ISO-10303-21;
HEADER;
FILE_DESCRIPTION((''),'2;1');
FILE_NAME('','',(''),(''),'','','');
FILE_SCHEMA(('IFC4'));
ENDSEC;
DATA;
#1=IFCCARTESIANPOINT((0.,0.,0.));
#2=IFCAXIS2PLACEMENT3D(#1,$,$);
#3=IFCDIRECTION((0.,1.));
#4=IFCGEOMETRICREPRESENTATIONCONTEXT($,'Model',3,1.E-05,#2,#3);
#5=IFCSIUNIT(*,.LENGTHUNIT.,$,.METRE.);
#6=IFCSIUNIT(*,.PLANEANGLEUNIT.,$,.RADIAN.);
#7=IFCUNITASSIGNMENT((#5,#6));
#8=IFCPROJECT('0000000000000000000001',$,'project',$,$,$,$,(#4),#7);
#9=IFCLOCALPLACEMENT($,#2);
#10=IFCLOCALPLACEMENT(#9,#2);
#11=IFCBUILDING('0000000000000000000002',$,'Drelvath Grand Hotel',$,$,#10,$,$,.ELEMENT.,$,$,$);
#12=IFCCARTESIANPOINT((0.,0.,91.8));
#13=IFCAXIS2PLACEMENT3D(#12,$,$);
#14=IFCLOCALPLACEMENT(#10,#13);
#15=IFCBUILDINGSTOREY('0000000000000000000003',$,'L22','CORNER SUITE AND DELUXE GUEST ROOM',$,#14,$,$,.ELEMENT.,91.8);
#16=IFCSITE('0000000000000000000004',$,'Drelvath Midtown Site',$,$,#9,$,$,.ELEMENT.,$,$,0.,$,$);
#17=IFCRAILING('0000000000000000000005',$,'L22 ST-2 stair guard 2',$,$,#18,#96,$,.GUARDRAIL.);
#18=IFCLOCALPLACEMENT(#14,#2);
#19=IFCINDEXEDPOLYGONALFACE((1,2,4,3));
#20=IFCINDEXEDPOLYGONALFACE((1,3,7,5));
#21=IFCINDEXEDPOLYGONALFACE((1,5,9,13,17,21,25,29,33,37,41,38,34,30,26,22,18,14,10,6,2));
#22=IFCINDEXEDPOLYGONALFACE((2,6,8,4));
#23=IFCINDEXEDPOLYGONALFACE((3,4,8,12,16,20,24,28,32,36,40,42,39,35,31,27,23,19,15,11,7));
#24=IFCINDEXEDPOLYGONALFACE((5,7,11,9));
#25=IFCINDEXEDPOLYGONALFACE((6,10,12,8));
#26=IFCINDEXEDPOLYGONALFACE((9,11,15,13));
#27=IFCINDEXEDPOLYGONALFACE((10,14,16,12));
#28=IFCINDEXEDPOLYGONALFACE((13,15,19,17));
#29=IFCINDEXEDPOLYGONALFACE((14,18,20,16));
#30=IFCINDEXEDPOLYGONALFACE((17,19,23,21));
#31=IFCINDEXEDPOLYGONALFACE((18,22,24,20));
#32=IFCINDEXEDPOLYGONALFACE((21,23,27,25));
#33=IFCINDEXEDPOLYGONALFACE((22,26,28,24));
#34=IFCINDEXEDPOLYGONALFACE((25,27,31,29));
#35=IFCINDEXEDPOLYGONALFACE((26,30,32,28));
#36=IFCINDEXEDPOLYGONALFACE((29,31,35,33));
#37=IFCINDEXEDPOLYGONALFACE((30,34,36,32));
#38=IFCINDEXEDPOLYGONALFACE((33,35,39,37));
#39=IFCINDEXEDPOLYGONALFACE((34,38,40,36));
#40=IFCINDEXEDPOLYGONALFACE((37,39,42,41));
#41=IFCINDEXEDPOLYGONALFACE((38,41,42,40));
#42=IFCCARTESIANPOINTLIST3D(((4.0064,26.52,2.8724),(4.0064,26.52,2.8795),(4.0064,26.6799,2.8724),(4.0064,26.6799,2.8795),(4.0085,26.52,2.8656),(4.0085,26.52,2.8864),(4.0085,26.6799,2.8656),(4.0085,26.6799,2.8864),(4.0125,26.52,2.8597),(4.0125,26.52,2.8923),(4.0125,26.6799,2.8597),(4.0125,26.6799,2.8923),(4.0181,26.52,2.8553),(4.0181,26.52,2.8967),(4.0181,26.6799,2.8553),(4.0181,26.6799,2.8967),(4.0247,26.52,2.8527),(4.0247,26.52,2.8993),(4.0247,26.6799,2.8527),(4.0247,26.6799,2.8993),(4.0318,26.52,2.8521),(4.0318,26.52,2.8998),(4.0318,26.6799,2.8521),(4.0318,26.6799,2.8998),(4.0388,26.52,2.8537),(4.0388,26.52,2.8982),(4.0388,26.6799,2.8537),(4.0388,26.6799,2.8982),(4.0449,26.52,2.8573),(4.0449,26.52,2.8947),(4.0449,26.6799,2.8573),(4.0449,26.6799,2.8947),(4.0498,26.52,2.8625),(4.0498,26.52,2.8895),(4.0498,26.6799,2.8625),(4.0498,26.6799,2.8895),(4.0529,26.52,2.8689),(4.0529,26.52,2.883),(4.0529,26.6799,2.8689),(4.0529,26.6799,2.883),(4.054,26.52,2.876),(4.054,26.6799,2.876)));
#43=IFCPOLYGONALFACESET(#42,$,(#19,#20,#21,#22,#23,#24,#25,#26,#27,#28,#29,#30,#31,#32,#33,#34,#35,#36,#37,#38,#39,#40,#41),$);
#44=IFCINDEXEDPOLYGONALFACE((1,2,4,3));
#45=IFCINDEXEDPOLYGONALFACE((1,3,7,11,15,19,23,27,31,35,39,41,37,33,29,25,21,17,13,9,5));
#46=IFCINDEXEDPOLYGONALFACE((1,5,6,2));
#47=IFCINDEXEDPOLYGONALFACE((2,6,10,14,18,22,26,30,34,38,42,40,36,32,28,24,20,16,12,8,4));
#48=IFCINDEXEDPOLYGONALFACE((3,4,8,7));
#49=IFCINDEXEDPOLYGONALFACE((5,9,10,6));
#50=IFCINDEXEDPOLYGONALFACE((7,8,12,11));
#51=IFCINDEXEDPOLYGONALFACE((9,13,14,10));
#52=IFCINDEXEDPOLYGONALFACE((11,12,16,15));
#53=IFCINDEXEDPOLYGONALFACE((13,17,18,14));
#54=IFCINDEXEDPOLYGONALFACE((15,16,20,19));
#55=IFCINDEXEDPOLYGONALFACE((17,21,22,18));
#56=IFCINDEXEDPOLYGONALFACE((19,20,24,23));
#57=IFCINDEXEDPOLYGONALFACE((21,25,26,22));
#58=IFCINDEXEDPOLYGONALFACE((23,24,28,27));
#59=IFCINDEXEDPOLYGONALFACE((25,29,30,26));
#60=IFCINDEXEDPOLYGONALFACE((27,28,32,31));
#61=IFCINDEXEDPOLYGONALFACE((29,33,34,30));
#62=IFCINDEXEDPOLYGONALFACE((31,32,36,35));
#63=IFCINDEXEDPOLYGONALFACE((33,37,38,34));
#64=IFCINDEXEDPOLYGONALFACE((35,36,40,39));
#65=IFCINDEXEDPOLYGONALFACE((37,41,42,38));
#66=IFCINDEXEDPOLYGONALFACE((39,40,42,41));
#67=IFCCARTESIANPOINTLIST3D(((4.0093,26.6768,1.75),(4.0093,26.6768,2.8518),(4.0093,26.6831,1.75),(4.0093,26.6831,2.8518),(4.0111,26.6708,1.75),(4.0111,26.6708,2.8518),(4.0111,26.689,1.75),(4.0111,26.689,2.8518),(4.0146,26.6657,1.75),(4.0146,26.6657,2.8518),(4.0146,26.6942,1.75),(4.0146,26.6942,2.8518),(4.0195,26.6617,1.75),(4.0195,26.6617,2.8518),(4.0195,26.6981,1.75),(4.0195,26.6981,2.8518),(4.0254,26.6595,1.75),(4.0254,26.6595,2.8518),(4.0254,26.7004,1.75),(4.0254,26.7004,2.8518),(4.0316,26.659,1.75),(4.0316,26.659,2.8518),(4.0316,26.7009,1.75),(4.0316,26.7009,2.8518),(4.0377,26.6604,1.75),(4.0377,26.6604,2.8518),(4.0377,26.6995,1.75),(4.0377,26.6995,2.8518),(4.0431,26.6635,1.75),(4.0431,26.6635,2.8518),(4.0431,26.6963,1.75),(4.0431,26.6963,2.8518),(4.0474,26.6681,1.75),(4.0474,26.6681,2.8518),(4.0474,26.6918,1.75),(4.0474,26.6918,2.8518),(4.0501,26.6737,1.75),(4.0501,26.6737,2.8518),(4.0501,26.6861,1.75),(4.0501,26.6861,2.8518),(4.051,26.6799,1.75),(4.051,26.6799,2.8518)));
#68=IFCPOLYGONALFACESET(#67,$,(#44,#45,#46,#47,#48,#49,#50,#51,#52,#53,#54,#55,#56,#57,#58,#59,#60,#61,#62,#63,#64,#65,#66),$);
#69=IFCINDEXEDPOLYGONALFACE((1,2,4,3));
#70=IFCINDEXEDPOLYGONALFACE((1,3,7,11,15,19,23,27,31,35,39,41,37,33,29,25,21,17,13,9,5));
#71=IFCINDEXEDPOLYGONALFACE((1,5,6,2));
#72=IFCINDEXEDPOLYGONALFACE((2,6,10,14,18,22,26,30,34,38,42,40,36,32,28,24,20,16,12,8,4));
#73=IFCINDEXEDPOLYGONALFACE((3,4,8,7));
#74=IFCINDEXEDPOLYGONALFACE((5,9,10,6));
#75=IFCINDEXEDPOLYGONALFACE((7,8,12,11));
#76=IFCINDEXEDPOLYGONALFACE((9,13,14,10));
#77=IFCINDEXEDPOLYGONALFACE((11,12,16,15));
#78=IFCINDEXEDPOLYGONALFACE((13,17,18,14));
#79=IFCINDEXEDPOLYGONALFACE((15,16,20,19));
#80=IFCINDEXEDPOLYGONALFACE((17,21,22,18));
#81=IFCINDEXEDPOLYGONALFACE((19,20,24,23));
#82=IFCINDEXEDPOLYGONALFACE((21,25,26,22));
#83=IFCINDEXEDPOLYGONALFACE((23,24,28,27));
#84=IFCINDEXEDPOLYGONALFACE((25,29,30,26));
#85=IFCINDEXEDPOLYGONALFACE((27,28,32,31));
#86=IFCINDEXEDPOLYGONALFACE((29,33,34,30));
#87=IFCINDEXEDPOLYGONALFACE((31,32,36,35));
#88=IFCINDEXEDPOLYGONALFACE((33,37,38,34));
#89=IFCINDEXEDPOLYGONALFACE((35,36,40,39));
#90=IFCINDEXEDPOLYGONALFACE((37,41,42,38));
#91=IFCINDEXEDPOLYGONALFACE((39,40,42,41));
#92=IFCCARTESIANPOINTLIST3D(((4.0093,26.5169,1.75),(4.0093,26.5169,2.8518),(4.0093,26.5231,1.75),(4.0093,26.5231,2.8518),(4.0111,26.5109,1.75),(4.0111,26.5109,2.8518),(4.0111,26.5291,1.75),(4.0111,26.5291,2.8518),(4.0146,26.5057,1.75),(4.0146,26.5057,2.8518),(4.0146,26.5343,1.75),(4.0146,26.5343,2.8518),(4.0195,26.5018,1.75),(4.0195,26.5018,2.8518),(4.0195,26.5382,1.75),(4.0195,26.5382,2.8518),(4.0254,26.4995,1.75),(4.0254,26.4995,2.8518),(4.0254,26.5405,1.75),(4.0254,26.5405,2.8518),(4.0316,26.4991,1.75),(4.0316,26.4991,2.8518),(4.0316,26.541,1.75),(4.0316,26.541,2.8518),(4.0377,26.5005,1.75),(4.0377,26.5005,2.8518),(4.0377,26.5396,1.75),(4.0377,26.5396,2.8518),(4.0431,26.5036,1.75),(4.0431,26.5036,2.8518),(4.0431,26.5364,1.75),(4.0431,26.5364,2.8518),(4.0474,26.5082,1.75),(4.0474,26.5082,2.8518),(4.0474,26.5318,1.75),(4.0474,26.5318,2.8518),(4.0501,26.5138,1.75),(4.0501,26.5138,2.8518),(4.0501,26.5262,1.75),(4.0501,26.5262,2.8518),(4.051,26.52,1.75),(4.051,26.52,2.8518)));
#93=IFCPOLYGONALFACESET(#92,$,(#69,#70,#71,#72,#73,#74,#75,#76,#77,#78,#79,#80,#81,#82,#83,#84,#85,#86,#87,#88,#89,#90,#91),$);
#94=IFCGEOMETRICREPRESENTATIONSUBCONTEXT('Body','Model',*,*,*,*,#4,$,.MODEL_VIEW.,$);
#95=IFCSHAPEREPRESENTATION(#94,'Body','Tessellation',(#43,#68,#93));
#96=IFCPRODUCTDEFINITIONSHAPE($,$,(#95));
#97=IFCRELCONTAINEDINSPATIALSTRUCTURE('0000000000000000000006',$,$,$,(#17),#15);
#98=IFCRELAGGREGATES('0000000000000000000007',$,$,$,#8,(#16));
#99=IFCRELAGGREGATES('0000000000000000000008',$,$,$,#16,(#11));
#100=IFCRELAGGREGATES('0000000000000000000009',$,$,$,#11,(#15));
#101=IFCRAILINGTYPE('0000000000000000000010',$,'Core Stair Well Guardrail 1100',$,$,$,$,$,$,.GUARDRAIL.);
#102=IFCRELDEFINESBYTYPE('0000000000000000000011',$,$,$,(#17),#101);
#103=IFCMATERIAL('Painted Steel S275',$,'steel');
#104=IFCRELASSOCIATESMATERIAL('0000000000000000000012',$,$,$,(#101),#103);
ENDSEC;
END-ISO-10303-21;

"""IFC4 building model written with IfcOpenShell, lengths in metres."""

from ifc_helpers import new_model, si_unit, direction, frame, origin, origin_2d, place, context, subcontext, project, spatial, circle, extrude, material, type_object, element, save


model = new_model("IFC4")

# Units and contexts
model_context = context("Model", 3, precision=1e-05, world=origin(), true_north=direction((0.0, 1.0)))
body_context = subcontext(model_context, "Body", "Model", "MODEL_VIEW")
ifc_project = project(units=[si_unit("LENGTHUNIT", "METRE"), si_unit("PLANEANGLEUNIT", "RADIAN")], contexts=[model_context])

# Site, building, storey
site_placement = place(None, origin())
site = spatial("IfcSite", under=ifc_project, at=site_placement, Name="Drelvath Midtown Site", CompositionType="ELEMENT", RefElevation=0.0)
building_placement = place(site_placement, origin())
building = spatial("IfcBuilding", under=site, at=building_placement, Name="Drelvath Grand Hotel", CompositionType="ELEMENT")
storey_placement = place(building_placement, frame((0.0, 0.0, 91.8)))
storey = spatial("IfcBuildingStorey", under=building, at=storey_placement, Name="L22", Description="CORNER SUITE AND DELUXE GUEST ROOM", CompositionType="ELEMENT", Elevation=91.8)

# Railing
ifc_material_1 = material(Name="Painted Steel S275", Category="steel")
railing_type_1 = type_object("IfcRailingType", Name="Core Stair Well Guardrail 1100", PredefinedType="GUARDRAIL", material=ifc_material_1)
railing_1_placement = place(storey_placement, frame((4.03, 26.6799, 1.75)))
element("IfcRailing", 1, at=railing_1_placement, inside=storey, type_object=railing_type_1, Name="L22 ST-2 stair guard 2", PredefinedType="GUARDRAIL", context=body_context, shape_type="SweptSolid", body=[
    extrude(circle(Radius=0.0239, at=origin_2d()), frame((0.0, 0.0, 1.126), z_axis=(0.0, -1.0, 0.0), x_axis=(1.0, 0.0, 0.0)), (0.0, 0.0, 1.0), 0.1599),
    extrude(circle(Radius=0.021, at=origin_2d()), origin(), (0.0, 0.0, 1.0), 1.1018),
    extrude(circle(Radius=0.021, at=origin_2d()), frame((0.0, -0.1599, 0.0)), (0.0, 0.0, 1.0), 1.1018),
])

save(model, "model.ifc")
